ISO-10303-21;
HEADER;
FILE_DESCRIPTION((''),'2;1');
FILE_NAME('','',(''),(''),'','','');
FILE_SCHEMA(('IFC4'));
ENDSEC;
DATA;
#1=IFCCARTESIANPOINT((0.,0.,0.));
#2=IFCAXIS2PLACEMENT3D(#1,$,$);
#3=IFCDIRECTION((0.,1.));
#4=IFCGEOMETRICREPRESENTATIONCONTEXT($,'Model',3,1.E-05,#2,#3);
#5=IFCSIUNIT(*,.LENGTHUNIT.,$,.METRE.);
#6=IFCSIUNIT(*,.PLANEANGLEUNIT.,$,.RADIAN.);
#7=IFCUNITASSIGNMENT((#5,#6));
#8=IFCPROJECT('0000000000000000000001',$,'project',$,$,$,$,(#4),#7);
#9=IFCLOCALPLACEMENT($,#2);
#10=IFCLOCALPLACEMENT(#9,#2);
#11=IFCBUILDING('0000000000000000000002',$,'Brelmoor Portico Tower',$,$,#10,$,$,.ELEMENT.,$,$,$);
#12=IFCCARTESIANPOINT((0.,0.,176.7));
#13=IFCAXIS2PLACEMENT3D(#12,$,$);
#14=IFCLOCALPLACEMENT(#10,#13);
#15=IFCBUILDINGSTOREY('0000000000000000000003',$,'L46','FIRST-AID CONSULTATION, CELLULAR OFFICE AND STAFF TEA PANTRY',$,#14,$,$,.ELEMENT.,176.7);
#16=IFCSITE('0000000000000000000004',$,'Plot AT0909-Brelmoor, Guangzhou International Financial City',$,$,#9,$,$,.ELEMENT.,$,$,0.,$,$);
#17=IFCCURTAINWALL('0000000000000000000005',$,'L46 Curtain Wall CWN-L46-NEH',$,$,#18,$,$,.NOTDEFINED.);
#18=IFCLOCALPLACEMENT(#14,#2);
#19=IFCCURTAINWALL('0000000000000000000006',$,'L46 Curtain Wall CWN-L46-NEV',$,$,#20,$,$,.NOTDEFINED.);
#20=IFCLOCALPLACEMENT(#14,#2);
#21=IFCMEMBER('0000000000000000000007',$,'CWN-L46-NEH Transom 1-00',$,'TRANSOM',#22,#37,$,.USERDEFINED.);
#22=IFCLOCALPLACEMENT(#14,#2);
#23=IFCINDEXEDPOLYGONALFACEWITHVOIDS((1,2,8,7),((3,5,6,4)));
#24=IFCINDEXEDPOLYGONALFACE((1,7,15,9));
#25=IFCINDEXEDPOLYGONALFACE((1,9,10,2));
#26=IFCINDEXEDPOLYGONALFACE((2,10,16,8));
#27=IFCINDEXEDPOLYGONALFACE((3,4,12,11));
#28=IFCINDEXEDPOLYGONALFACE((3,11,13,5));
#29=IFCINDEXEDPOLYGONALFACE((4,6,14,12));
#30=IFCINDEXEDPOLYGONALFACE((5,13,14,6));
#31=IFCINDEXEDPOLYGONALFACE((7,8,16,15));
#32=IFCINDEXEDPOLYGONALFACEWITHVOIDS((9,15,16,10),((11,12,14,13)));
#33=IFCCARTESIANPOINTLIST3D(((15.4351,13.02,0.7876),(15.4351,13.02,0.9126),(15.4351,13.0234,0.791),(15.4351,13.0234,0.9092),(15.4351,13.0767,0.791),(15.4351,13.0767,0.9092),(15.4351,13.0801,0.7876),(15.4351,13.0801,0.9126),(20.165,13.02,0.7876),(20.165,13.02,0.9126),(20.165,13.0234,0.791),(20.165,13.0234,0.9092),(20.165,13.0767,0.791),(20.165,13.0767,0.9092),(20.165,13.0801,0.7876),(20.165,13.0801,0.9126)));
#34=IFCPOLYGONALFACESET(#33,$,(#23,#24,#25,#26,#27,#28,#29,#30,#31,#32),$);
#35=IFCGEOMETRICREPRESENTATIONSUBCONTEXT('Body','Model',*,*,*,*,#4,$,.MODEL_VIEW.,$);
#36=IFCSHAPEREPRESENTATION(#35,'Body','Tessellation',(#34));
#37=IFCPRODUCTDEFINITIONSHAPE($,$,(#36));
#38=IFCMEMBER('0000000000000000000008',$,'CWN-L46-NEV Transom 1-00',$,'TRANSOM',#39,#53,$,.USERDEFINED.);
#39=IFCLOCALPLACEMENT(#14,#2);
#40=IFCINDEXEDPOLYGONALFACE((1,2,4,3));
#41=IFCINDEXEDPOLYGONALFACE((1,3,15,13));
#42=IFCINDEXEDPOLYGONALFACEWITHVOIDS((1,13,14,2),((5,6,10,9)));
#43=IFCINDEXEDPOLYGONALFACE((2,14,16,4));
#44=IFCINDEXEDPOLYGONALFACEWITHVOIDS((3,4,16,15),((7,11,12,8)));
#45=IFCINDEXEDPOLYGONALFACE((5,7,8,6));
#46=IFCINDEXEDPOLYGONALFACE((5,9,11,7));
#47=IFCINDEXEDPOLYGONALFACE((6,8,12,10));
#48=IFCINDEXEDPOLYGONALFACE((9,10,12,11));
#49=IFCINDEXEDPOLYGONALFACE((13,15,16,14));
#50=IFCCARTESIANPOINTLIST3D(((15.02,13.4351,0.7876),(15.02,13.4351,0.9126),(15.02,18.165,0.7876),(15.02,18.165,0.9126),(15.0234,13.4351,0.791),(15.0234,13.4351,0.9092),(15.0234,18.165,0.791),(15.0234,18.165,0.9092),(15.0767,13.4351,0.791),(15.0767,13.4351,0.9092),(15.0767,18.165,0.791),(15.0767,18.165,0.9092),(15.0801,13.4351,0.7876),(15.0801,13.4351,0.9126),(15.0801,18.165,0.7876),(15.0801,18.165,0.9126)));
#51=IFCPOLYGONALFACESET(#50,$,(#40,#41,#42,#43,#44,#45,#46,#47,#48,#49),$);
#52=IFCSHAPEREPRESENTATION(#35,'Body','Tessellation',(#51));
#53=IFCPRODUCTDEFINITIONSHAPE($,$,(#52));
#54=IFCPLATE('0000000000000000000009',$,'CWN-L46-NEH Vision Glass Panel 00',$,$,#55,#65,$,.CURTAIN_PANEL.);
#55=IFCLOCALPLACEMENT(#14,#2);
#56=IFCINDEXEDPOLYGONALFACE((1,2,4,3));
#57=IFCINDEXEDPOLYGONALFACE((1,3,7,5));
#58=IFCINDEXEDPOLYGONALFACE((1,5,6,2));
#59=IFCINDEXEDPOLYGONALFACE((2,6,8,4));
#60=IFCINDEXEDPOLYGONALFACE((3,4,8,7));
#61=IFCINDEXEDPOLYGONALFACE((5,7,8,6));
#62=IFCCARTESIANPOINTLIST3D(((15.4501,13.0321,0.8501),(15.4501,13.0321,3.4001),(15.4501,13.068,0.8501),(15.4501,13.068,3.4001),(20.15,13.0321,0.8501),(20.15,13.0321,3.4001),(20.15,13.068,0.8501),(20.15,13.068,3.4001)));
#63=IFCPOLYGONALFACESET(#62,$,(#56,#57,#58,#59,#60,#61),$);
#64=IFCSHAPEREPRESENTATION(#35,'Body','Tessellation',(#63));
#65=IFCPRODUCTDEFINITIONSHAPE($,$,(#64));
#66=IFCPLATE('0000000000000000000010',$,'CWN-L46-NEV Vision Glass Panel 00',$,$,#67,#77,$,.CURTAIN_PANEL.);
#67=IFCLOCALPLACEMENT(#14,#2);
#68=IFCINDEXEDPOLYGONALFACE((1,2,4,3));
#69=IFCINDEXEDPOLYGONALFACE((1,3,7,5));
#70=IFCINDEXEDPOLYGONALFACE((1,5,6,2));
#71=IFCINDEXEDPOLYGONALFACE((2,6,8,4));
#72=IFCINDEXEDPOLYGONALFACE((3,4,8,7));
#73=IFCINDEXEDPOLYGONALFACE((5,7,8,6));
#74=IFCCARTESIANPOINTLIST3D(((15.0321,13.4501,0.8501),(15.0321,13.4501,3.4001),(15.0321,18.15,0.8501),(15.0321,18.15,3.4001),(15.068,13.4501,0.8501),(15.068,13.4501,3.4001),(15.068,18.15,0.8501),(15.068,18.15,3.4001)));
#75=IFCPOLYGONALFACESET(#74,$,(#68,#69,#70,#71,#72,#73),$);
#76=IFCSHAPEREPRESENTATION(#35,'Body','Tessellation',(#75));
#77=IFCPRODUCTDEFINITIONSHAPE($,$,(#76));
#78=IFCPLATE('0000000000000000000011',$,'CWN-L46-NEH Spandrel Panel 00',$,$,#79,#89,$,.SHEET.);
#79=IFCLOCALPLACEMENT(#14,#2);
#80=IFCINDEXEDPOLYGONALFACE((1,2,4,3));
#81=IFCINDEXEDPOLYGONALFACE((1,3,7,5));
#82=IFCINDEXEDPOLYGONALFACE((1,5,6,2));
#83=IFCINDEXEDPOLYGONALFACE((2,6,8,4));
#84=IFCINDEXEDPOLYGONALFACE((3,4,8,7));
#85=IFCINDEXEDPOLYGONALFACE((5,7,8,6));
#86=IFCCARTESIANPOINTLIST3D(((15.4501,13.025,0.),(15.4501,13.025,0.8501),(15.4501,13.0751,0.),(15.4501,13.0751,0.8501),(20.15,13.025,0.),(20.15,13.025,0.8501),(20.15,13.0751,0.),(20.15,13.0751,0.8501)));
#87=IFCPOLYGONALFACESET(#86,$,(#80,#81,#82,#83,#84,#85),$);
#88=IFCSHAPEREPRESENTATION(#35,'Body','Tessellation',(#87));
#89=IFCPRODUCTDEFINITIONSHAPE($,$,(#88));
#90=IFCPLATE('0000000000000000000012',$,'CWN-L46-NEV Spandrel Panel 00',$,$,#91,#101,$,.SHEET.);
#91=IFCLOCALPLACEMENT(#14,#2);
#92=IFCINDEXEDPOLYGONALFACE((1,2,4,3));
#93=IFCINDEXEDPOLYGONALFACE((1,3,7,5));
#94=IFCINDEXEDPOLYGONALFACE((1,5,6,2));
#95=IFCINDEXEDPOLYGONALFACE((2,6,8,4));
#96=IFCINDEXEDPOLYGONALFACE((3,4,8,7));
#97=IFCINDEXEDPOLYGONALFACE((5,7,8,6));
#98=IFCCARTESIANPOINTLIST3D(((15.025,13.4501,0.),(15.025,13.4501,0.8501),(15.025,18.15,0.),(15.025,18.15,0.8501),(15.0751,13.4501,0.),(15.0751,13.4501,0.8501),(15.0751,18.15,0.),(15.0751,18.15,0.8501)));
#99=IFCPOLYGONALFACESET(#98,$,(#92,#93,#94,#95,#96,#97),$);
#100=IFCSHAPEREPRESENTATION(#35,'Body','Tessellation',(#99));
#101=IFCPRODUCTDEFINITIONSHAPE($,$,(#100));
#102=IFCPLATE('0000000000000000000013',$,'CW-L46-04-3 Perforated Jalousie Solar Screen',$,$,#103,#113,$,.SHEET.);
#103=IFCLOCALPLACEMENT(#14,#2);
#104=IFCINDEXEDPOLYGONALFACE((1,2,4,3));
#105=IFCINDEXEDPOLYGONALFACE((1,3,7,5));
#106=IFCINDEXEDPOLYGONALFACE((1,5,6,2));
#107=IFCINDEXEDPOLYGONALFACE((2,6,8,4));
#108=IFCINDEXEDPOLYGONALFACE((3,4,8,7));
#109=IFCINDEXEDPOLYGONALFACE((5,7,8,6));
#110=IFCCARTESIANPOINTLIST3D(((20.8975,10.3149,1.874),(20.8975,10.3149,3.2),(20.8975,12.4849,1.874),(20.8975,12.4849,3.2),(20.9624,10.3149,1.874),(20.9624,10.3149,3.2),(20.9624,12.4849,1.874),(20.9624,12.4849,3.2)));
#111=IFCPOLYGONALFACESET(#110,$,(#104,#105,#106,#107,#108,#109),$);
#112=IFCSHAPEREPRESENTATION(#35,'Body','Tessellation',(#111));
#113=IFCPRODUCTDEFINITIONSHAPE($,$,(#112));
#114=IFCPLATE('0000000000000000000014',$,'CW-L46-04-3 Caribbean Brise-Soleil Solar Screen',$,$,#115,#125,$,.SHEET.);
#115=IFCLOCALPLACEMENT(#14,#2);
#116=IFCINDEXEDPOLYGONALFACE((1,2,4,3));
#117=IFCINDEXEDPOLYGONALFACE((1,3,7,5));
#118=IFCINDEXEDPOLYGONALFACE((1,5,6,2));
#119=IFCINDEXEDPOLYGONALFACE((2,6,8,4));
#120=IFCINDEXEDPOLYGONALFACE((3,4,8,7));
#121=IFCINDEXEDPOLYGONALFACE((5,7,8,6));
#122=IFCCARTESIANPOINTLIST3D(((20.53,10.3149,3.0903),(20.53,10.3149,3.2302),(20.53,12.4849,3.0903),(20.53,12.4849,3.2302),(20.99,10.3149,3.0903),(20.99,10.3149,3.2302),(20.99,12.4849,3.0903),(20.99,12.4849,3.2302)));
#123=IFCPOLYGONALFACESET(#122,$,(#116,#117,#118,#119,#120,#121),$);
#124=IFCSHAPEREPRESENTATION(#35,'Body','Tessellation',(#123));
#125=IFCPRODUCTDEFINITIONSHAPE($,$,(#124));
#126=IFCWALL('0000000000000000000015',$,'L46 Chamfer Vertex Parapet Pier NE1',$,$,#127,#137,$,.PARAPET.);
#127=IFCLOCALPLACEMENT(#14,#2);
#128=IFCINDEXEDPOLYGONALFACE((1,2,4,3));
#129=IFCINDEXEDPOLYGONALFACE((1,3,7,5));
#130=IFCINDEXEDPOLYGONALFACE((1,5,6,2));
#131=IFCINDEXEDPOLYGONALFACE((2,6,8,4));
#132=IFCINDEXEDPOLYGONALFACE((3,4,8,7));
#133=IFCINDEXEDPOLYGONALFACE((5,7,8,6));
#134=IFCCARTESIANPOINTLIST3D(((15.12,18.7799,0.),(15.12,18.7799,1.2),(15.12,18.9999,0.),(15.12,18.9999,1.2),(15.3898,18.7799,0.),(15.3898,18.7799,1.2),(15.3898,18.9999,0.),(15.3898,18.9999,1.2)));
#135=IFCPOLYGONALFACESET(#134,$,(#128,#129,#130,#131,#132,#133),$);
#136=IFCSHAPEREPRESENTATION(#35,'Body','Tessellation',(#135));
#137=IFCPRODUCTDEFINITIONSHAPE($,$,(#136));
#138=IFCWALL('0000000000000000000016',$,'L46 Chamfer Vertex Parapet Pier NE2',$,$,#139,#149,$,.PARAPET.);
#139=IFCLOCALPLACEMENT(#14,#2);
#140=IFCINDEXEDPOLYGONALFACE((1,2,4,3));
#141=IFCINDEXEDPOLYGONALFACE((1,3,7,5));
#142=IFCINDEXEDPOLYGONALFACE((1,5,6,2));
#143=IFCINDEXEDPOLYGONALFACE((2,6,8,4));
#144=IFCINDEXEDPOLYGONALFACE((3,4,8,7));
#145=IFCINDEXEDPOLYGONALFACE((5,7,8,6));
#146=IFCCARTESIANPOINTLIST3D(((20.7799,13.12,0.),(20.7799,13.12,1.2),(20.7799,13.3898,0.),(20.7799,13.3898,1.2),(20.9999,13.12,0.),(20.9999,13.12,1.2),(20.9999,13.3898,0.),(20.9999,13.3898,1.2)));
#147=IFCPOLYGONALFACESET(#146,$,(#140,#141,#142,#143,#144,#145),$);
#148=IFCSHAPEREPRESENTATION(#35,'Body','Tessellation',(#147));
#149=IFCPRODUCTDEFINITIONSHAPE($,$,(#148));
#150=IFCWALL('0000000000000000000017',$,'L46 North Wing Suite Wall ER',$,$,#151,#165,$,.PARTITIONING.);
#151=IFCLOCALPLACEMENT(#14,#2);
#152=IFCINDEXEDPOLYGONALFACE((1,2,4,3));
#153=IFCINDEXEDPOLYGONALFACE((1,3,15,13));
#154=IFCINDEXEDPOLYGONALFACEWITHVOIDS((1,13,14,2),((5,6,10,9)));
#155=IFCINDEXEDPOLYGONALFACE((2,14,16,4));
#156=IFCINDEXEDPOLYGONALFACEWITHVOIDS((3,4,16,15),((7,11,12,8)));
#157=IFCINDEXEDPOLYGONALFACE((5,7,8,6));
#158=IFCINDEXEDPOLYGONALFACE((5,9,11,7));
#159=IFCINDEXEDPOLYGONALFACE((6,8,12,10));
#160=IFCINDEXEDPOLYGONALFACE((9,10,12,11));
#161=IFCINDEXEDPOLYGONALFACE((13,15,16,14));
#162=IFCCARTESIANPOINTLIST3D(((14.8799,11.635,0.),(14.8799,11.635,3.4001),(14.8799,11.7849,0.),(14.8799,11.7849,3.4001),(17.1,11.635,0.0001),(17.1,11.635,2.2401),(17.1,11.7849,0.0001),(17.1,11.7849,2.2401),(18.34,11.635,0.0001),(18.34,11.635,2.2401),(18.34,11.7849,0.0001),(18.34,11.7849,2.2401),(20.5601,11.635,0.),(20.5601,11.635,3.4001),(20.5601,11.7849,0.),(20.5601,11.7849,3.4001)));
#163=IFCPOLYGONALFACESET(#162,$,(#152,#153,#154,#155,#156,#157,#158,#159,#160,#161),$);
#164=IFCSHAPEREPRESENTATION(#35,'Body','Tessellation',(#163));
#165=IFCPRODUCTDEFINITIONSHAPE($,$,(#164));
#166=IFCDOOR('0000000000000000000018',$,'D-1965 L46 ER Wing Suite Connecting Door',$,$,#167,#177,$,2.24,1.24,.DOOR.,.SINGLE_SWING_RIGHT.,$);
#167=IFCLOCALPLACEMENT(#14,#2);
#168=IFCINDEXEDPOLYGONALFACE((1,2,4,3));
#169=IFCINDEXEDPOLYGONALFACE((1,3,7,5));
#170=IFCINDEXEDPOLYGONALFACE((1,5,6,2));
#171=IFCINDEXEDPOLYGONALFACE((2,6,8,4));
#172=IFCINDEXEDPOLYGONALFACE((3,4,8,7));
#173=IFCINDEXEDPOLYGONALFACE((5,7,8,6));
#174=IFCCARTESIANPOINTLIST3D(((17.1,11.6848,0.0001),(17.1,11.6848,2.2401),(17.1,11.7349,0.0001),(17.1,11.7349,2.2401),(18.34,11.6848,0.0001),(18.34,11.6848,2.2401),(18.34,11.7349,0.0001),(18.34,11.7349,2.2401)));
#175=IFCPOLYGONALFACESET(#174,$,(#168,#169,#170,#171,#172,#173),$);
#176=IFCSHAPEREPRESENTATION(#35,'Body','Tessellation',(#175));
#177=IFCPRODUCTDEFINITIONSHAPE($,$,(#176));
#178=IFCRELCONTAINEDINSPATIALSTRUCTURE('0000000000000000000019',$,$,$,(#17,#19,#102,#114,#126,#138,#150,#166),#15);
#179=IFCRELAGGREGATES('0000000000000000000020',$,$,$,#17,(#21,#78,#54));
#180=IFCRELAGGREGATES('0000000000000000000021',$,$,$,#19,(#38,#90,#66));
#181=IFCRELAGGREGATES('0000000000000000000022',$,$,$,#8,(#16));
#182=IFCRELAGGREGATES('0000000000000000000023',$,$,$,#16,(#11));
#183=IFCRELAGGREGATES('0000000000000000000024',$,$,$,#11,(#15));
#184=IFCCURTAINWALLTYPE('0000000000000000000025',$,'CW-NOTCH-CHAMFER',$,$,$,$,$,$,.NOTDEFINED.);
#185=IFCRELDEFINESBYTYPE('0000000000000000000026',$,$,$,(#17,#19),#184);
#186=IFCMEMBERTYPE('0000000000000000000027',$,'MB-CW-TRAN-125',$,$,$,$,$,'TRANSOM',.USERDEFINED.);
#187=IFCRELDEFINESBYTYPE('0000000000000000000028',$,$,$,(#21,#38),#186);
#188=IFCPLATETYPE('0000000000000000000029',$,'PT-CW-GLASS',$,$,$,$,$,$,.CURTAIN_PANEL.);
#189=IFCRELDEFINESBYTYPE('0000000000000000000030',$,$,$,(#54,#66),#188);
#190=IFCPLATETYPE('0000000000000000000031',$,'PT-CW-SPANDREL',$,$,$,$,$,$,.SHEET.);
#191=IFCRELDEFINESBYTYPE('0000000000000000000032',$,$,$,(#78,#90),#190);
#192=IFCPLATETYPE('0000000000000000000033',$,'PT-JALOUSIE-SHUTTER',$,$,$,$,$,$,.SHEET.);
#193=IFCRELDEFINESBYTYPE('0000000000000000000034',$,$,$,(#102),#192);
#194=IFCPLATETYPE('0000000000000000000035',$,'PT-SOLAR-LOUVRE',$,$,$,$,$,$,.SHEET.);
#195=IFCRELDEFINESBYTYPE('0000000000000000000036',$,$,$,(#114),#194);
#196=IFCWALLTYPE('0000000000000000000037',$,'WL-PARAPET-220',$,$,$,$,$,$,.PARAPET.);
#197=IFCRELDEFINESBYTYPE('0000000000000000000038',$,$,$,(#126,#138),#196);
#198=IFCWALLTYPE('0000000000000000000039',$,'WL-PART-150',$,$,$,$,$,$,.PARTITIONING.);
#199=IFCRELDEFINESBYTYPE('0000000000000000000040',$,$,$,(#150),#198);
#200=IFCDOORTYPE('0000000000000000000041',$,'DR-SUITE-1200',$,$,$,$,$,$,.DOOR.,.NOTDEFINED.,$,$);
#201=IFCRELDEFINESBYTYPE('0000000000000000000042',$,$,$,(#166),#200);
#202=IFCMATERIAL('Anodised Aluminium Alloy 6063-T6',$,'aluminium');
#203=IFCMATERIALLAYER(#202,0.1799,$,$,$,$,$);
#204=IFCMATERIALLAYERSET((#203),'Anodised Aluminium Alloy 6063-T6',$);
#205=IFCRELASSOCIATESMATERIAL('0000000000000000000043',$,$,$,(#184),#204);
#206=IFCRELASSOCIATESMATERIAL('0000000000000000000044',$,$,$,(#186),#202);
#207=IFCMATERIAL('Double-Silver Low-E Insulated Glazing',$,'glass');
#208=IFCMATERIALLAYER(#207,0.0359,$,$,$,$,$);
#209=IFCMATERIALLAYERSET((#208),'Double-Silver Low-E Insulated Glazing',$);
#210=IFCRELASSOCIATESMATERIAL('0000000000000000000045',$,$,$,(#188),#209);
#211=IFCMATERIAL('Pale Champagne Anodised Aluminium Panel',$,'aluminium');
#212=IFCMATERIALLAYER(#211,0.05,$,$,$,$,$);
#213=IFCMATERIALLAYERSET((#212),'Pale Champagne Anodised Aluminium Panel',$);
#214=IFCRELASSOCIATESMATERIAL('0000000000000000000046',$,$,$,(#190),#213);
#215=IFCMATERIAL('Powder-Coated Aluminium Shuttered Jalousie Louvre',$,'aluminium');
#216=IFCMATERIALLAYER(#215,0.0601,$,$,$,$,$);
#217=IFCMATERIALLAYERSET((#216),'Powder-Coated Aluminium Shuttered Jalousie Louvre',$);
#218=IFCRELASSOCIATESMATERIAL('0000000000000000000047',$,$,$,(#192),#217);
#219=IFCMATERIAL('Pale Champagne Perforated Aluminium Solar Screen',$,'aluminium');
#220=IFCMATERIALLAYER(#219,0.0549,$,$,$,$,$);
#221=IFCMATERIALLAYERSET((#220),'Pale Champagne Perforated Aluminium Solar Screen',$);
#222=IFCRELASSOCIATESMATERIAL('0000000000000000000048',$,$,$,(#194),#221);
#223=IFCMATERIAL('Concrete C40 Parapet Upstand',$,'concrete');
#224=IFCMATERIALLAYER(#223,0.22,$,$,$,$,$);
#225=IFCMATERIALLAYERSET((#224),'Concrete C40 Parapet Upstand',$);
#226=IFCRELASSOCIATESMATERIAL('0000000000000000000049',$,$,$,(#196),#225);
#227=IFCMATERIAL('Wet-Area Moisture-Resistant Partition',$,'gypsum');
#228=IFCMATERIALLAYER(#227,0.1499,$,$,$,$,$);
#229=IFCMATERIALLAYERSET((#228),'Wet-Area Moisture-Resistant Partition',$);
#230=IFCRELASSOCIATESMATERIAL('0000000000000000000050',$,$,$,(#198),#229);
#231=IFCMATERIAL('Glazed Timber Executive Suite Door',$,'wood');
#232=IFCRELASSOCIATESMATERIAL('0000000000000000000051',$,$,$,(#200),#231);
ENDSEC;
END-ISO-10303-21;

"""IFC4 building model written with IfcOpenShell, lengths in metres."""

from ifc_helpers import new_model, si_unit, direction, frame, frame_2d, origin, origin_2d, place, context, subcontext, project, spatial, rectangle, hollow_rectangle, extrude, material, layer, layer_set, material_profile, profile_set, type_object, element, fill, aggregate, save


model = new_model("IFC4")

# Units and contexts
model_context = context("Model", 3, precision=1e-05, world=origin(), true_north=direction((0.0, 1.0)))
body_context = subcontext(model_context, "Body", "Model", "MODEL_VIEW")
ifc_project = project(units=[si_unit("LENGTHUNIT", "METRE"), si_unit("PLANEANGLEUNIT", "RADIAN")], contexts=[model_context])

# Site, building, storey
site_placement = place(None, origin())
site = spatial("IfcSite", under=ifc_project, at=site_placement, Name="Plot AT0909-Brelmoor, Guangzhou International Financial City", CompositionType="ELEMENT", RefElevation=0.0)
building_placement = place(site_placement, origin())
building = spatial("IfcBuilding", under=site, at=building_placement, Name="Brelmoor Portico Tower", CompositionType="ELEMENT")
storey_placement = place(building_placement, frame((0.0, 0.0, 176.7)))
storey = spatial("IfcBuildingStorey", under=building, at=storey_placement, Name="L46", Description="FIRST-AID CONSULTATION, CELLULAR OFFICE AND STAFF TEA PANTRY", CompositionType="ELEMENT", Elevation=176.7)

# Shared definitions
ifc_material_1 = material(Name="Anodised Aluminium Alloy 6063-T6", Category="aluminium")

# Curtain walls
ifc_layer_1 = layer(ifc_material_1, 0.1799)
ifc_layer_set_1 = layer_set([ifc_layer_1], Name="Anodised Aluminium Alloy 6063-T6")
curtain_wall_type_1 = type_object("IfcCurtainWallType", Name="CW-NOTCH-CHAMFER", PredefinedType="NOTDEFINED", material=ifc_layer_set_1)
curtain_wall_1_placement = place(storey_placement, origin())
curtain_wall_1 = element("IfcCurtainWall", 1, at=curtain_wall_1_placement, inside=storey, type_object=curtain_wall_type_1, Name="L46 Curtain Wall CWN-L46-NEH", PredefinedType="NOTDEFINED")
curtain_wall_2_placement = place(storey_placement, origin())
curtain_wall_2 = element("IfcCurtainWall", 2, at=curtain_wall_2_placement, inside=storey, type_object=curtain_wall_type_1, Name="L46 Curtain Wall CWN-L46-NEV", PredefinedType="NOTDEFINED")

# Members
ifc_material_profile_1 = material_profile(ifc_material_1, hollow_rectangle(XDim=0.0601, YDim=0.125, WallThickness=0.0034, at=origin_2d()), Name="ALU TRANSOM 60x125")
ifc_profile_set_1 = profile_set([ifc_material_profile_1], Name="Anodised Aluminium Alloy 6063-T6")
member_type_1 = type_object("IfcMemberType", Name="MB-CW-TRAN-125", ElementType="TRANSOM", PredefinedType="USERDEFINED", material=ifc_profile_set_1)
member_1_placement = place(storey_placement, frame((15.4351, 13.05, 0.8501), z_axis=(1.0, 0.0, 0.0), x_axis=(0.0, 1.0, 0.0)))
member_1 = element("IfcMember", 3, at=member_1_placement, type_object=member_type_1, Name="CWN-L46-NEH Transom 1-00", ObjectType="TRANSOM", PredefinedType="USERDEFINED", context=body_context, shape_type="SweptSolid", body=[
    extrude(hollow_rectangle(XDim=0.0601, YDim=0.125, WallThickness=0.0034, at=origin_2d()), origin(), (0.0, 0.0, 1.0), 4.73),
])
member_2_placement = place(storey_placement, frame((15.05, 13.4351, 0.8501), z_axis=(0.0, 1.0, 0.0), x_axis=(-1.0, 0.0, 0.0)))
member_2 = element("IfcMember", 4, at=member_2_placement, type_object=member_type_1, Name="CWN-L46-NEV Transom 1-00", ObjectType="TRANSOM", PredefinedType="USERDEFINED", context=body_context, shape_type="SweptSolid", body=[
    extrude(hollow_rectangle(XDim=0.0601, YDim=0.125, WallThickness=0.0034, at=origin_2d()), origin(), (0.0, 0.0, 1.0), 4.73),
])

# Plates
ifc_material_2 = material(Name="Double-Silver Low-E Insulated Glazing", Category="glass")
ifc_layer_2 = layer(ifc_material_2, 0.0359)
ifc_layer_set_2 = layer_set([ifc_layer_2], Name="Double-Silver Low-E Insulated Glazing")
plate_type_1 = type_object("IfcPlateType", Name="PT-CW-GLASS", PredefinedType="CURTAIN_PANEL", material=ifc_layer_set_2)
plate_1_placement = place(storey_placement, frame((17.8, 13.05, 0.8501), z_axis=(0.0, 0.0, 1.0), x_axis=(1.0, 0.0, 0.0)))
plate_1 = element("IfcPlate", 5, at=plate_1_placement, type_object=plate_type_1, Name="CWN-L46-NEH Vision Glass Panel 00", PredefinedType="CURTAIN_PANEL", context=body_context, shape_type="SweptSolid", body=[
    extrude(rectangle(XDim=4.7, YDim=0.0359, at=origin_2d()), origin(), (0.0, 0.0, 1.0), 2.55),
])
plate_2_placement = place(storey_placement, frame((15.05, 15.8, 0.8501), z_axis=(0.0, 0.0, 1.0), x_axis=(0.0, 1.0, 0.0)))
plate_2 = element("IfcPlate", 6, at=plate_2_placement, type_object=plate_type_1, Name="CWN-L46-NEV Vision Glass Panel 00", PredefinedType="CURTAIN_PANEL", context=body_context, shape_type="SweptSolid", body=[
    extrude(rectangle(XDim=4.7, YDim=0.0359, at=origin_2d()), origin(), (0.0, 0.0, 1.0), 2.55),
])
ifc_material_3 = material(Name="Pale Champagne Anodised Aluminium Panel", Category="aluminium")
ifc_layer_3 = layer(ifc_material_3, 0.05)
ifc_layer_set_3 = layer_set([ifc_layer_3], Name="Pale Champagne Anodised Aluminium Panel")
plate_type_2 = type_object("IfcPlateType", Name="PT-CW-SPANDREL", PredefinedType="SHEET", material=ifc_layer_set_3)
plate_3_placement = place(storey_placement, frame((17.8, 13.05, 0.0), z_axis=(0.0, 0.0, 1.0), x_axis=(1.0, 0.0, 0.0)))
plate_3 = element("IfcPlate", 7, at=plate_3_placement, type_object=plate_type_2, Name="CWN-L46-NEH Spandrel Panel 00", PredefinedType="SHEET", context=body_context, shape_type="SweptSolid", body=[
    extrude(rectangle(XDim=4.7, YDim=0.05, at=origin_2d()), origin(), (0.0, 0.0, 1.0), 0.8501),
])
aggregate(curtain_wall_1, [member_1, plate_3, plate_1])
plate_4_placement = place(storey_placement, frame((15.05, 15.8, 0.0), z_axis=(0.0, 0.0, 1.0), x_axis=(0.0, 1.0, 0.0)))
plate_4 = element("IfcPlate", 8, at=plate_4_placement, type_object=plate_type_2, Name="CWN-L46-NEV Spandrel Panel 00", PredefinedType="SHEET", context=body_context, shape_type="SweptSolid", body=[
    extrude(rectangle(XDim=4.7, YDim=0.05, at=origin_2d()), origin(), (0.0, 0.0, 1.0), 0.8501),
])
aggregate(curtain_wall_2, [member_2, plate_4, plate_2])

# Plates
ifc_material_4 = material(Name="Powder-Coated Aluminium Shuttered Jalousie Louvre", Category="aluminium")
ifc_layer_4 = layer(ifc_material_4, 0.0601)
ifc_layer_set_4 = layer_set([ifc_layer_4], Name="Powder-Coated Aluminium Shuttered Jalousie Louvre")
plate_type_3 = type_object("IfcPlateType", Name="PT-JALOUSIE-SHUTTER", PredefinedType="SHEET", material=ifc_layer_set_4)
plate_5_placement = place(storey_placement, frame((20.9299, 11.3999, 1.874), z_axis=(0.0, 0.0, 1.0), x_axis=(0.0, 1.0, 0.0)))
element("IfcPlate", 9, at=plate_5_placement, inside=storey, type_object=plate_type_3, Name="CW-L46-04-3 Perforated Jalousie Solar Screen", PredefinedType="SHEET", context=body_context, shape_type="SweptSolid", body=[
    extrude(rectangle(XDim=2.1699, YDim=0.0649, at=origin_2d()), origin(), (0.0, 0.0, 1.0), 1.3259),
])
ifc_material_5 = material(Name="Pale Champagne Perforated Aluminium Solar Screen", Category="aluminium")
ifc_layer_5 = layer(ifc_material_5, 0.0549)
ifc_layer_set_5 = layer_set([ifc_layer_5], Name="Pale Champagne Perforated Aluminium Solar Screen")
plate_type_4 = type_object("IfcPlateType", Name="PT-SOLAR-LOUVRE", PredefinedType="SHEET", material=ifc_layer_set_5)
plate_6_placement = place(storey_placement, frame((20.76, 11.3999, 3.0903), z_axis=(0.0, 0.0, 1.0), x_axis=(0.0, 1.0, 0.0)))
element("IfcPlate", 10, at=plate_6_placement, inside=storey, type_object=plate_type_4, Name="CW-L46-04-3 Caribbean Brise-Soleil Solar Screen", PredefinedType="SHEET", context=body_context, shape_type="SweptSolid", body=[
    extrude(rectangle(XDim=2.1699, YDim=0.46, at=origin_2d()), origin(), (0.0, 0.0, 1.0), 0.1399),
])

# Walls
ifc_material_6 = material(Name="Concrete C40 Parapet Upstand", Category="concrete")
ifc_layer_6 = layer(ifc_material_6, 0.22)
ifc_layer_set_6 = layer_set([ifc_layer_6], Name="Concrete C40 Parapet Upstand")
wall_type_1 = type_object("IfcWallType", Name="WL-PARAPET-220", PredefinedType="PARAPET", material=ifc_layer_set_6)
for number, where, z_axis, x_axis, name in (
    (11, (15.1201, 18.8899, 0.0), (0.0, 0.0, 1.0), (1.0, 0.0, 0.0), "L46 Chamfer Vertex Parapet Pier NE1"),
    (12, (20.8899, 13.1201, 0.0), (0.0, 0.0, 1.0), (0.0, 1.0, 0.0), "L46 Chamfer Vertex Parapet Pier NE2"),
):
    element("IfcWall", number, at=place(storey_placement, frame(where, z_axis=z_axis, x_axis=x_axis)), inside=storey, type_object=wall_type_1, Name=name, PredefinedType="PARAPET", context=body_context, shape_type="SweptSolid", body=[
        extrude(rectangle(XDim=0.2698, YDim=0.22, at=frame_2d((0.1348, 0.0))), origin(), (0.0, 0.0, 1.0), 1.2),
    ])

# Wall, opening, door
ifc_material_7 = material(Name="Wet-Area Moisture-Resistant Partition", Category="gypsum")
ifc_layer_7 = layer(ifc_material_7, 0.1499)
ifc_layer_set_7 = layer_set([ifc_layer_7], Name="Wet-Area Moisture-Resistant Partition")
wall_type_2 = type_object("IfcWallType", Name="WL-PART-150", PredefinedType="PARTITIONING", material=ifc_layer_set_7)
wall_placement = place(storey_placement, frame((14.8799, 11.71, 0.0), z_axis=(0.0, 0.0, 1.0), x_axis=(1.0, 0.0, 0.0)))
wall = element("IfcWall", 13, at=wall_placement, inside=storey, type_object=wall_type_2, Name="L46 North Wing Suite Wall ER", PredefinedType="PARTITIONING", context=body_context, shape_type="SweptSolid", body=[
    extrude(rectangle(XDim=5.6802, YDim=0.1499, at=frame_2d((2.8401, 0.0))), origin(), (0.0, 0.0, 1.0), 3.4001),
])
opening_placement = place(wall_placement, frame((2.22, 0.0, 0.0)))
opening = element("IfcOpeningElement", 14, at=opening_placement, cuts=wall, PredefinedType="OPENING", context=body_context, shape_type="SweptSolid", body=[
    extrude(rectangle(XDim=1.24, YDim=2.24, at=frame_2d((0.6201, 1.1201))), frame((0.0, 0.085, 0.0), z_axis=(0.0, -1.0, 0.0), x_axis=(1.0, 0.0, 0.0)), (0.0, 0.0, 1.0), 0.1699),
])
ifc_material_8 = material(Name="Glazed Timber Executive Suite Door", Category="wood")
door_type = type_object("IfcDoorType", Name="DR-SUITE-1200", OperationType="NOTDEFINED", PredefinedType="DOOR", material=ifc_material_8)
door_placement = place(opening_placement, origin())
door = element("IfcDoor", 15, at=door_placement, inside=storey, type_object=door_type, Name="D-1965 L46 ER Wing Suite Connecting Door", OperationType="SINGLE_SWING_RIGHT", OverallHeight=2.24, OverallWidth=1.24, PredefinedType="DOOR", context=body_context, shape_type="SweptSolid", body=[
    extrude(rectangle(XDim=1.24, YDim=2.24, at=frame_2d((0.6201, 1.1201))), frame((0.0, 0.0249, 0.0), z_axis=(0.0, -1.0, 0.0), x_axis=(1.0, 0.0, 0.0)), (0.0, 0.0, 1.0), 0.05),
])
fill(opening, door)

save(model, "model.ifc")
